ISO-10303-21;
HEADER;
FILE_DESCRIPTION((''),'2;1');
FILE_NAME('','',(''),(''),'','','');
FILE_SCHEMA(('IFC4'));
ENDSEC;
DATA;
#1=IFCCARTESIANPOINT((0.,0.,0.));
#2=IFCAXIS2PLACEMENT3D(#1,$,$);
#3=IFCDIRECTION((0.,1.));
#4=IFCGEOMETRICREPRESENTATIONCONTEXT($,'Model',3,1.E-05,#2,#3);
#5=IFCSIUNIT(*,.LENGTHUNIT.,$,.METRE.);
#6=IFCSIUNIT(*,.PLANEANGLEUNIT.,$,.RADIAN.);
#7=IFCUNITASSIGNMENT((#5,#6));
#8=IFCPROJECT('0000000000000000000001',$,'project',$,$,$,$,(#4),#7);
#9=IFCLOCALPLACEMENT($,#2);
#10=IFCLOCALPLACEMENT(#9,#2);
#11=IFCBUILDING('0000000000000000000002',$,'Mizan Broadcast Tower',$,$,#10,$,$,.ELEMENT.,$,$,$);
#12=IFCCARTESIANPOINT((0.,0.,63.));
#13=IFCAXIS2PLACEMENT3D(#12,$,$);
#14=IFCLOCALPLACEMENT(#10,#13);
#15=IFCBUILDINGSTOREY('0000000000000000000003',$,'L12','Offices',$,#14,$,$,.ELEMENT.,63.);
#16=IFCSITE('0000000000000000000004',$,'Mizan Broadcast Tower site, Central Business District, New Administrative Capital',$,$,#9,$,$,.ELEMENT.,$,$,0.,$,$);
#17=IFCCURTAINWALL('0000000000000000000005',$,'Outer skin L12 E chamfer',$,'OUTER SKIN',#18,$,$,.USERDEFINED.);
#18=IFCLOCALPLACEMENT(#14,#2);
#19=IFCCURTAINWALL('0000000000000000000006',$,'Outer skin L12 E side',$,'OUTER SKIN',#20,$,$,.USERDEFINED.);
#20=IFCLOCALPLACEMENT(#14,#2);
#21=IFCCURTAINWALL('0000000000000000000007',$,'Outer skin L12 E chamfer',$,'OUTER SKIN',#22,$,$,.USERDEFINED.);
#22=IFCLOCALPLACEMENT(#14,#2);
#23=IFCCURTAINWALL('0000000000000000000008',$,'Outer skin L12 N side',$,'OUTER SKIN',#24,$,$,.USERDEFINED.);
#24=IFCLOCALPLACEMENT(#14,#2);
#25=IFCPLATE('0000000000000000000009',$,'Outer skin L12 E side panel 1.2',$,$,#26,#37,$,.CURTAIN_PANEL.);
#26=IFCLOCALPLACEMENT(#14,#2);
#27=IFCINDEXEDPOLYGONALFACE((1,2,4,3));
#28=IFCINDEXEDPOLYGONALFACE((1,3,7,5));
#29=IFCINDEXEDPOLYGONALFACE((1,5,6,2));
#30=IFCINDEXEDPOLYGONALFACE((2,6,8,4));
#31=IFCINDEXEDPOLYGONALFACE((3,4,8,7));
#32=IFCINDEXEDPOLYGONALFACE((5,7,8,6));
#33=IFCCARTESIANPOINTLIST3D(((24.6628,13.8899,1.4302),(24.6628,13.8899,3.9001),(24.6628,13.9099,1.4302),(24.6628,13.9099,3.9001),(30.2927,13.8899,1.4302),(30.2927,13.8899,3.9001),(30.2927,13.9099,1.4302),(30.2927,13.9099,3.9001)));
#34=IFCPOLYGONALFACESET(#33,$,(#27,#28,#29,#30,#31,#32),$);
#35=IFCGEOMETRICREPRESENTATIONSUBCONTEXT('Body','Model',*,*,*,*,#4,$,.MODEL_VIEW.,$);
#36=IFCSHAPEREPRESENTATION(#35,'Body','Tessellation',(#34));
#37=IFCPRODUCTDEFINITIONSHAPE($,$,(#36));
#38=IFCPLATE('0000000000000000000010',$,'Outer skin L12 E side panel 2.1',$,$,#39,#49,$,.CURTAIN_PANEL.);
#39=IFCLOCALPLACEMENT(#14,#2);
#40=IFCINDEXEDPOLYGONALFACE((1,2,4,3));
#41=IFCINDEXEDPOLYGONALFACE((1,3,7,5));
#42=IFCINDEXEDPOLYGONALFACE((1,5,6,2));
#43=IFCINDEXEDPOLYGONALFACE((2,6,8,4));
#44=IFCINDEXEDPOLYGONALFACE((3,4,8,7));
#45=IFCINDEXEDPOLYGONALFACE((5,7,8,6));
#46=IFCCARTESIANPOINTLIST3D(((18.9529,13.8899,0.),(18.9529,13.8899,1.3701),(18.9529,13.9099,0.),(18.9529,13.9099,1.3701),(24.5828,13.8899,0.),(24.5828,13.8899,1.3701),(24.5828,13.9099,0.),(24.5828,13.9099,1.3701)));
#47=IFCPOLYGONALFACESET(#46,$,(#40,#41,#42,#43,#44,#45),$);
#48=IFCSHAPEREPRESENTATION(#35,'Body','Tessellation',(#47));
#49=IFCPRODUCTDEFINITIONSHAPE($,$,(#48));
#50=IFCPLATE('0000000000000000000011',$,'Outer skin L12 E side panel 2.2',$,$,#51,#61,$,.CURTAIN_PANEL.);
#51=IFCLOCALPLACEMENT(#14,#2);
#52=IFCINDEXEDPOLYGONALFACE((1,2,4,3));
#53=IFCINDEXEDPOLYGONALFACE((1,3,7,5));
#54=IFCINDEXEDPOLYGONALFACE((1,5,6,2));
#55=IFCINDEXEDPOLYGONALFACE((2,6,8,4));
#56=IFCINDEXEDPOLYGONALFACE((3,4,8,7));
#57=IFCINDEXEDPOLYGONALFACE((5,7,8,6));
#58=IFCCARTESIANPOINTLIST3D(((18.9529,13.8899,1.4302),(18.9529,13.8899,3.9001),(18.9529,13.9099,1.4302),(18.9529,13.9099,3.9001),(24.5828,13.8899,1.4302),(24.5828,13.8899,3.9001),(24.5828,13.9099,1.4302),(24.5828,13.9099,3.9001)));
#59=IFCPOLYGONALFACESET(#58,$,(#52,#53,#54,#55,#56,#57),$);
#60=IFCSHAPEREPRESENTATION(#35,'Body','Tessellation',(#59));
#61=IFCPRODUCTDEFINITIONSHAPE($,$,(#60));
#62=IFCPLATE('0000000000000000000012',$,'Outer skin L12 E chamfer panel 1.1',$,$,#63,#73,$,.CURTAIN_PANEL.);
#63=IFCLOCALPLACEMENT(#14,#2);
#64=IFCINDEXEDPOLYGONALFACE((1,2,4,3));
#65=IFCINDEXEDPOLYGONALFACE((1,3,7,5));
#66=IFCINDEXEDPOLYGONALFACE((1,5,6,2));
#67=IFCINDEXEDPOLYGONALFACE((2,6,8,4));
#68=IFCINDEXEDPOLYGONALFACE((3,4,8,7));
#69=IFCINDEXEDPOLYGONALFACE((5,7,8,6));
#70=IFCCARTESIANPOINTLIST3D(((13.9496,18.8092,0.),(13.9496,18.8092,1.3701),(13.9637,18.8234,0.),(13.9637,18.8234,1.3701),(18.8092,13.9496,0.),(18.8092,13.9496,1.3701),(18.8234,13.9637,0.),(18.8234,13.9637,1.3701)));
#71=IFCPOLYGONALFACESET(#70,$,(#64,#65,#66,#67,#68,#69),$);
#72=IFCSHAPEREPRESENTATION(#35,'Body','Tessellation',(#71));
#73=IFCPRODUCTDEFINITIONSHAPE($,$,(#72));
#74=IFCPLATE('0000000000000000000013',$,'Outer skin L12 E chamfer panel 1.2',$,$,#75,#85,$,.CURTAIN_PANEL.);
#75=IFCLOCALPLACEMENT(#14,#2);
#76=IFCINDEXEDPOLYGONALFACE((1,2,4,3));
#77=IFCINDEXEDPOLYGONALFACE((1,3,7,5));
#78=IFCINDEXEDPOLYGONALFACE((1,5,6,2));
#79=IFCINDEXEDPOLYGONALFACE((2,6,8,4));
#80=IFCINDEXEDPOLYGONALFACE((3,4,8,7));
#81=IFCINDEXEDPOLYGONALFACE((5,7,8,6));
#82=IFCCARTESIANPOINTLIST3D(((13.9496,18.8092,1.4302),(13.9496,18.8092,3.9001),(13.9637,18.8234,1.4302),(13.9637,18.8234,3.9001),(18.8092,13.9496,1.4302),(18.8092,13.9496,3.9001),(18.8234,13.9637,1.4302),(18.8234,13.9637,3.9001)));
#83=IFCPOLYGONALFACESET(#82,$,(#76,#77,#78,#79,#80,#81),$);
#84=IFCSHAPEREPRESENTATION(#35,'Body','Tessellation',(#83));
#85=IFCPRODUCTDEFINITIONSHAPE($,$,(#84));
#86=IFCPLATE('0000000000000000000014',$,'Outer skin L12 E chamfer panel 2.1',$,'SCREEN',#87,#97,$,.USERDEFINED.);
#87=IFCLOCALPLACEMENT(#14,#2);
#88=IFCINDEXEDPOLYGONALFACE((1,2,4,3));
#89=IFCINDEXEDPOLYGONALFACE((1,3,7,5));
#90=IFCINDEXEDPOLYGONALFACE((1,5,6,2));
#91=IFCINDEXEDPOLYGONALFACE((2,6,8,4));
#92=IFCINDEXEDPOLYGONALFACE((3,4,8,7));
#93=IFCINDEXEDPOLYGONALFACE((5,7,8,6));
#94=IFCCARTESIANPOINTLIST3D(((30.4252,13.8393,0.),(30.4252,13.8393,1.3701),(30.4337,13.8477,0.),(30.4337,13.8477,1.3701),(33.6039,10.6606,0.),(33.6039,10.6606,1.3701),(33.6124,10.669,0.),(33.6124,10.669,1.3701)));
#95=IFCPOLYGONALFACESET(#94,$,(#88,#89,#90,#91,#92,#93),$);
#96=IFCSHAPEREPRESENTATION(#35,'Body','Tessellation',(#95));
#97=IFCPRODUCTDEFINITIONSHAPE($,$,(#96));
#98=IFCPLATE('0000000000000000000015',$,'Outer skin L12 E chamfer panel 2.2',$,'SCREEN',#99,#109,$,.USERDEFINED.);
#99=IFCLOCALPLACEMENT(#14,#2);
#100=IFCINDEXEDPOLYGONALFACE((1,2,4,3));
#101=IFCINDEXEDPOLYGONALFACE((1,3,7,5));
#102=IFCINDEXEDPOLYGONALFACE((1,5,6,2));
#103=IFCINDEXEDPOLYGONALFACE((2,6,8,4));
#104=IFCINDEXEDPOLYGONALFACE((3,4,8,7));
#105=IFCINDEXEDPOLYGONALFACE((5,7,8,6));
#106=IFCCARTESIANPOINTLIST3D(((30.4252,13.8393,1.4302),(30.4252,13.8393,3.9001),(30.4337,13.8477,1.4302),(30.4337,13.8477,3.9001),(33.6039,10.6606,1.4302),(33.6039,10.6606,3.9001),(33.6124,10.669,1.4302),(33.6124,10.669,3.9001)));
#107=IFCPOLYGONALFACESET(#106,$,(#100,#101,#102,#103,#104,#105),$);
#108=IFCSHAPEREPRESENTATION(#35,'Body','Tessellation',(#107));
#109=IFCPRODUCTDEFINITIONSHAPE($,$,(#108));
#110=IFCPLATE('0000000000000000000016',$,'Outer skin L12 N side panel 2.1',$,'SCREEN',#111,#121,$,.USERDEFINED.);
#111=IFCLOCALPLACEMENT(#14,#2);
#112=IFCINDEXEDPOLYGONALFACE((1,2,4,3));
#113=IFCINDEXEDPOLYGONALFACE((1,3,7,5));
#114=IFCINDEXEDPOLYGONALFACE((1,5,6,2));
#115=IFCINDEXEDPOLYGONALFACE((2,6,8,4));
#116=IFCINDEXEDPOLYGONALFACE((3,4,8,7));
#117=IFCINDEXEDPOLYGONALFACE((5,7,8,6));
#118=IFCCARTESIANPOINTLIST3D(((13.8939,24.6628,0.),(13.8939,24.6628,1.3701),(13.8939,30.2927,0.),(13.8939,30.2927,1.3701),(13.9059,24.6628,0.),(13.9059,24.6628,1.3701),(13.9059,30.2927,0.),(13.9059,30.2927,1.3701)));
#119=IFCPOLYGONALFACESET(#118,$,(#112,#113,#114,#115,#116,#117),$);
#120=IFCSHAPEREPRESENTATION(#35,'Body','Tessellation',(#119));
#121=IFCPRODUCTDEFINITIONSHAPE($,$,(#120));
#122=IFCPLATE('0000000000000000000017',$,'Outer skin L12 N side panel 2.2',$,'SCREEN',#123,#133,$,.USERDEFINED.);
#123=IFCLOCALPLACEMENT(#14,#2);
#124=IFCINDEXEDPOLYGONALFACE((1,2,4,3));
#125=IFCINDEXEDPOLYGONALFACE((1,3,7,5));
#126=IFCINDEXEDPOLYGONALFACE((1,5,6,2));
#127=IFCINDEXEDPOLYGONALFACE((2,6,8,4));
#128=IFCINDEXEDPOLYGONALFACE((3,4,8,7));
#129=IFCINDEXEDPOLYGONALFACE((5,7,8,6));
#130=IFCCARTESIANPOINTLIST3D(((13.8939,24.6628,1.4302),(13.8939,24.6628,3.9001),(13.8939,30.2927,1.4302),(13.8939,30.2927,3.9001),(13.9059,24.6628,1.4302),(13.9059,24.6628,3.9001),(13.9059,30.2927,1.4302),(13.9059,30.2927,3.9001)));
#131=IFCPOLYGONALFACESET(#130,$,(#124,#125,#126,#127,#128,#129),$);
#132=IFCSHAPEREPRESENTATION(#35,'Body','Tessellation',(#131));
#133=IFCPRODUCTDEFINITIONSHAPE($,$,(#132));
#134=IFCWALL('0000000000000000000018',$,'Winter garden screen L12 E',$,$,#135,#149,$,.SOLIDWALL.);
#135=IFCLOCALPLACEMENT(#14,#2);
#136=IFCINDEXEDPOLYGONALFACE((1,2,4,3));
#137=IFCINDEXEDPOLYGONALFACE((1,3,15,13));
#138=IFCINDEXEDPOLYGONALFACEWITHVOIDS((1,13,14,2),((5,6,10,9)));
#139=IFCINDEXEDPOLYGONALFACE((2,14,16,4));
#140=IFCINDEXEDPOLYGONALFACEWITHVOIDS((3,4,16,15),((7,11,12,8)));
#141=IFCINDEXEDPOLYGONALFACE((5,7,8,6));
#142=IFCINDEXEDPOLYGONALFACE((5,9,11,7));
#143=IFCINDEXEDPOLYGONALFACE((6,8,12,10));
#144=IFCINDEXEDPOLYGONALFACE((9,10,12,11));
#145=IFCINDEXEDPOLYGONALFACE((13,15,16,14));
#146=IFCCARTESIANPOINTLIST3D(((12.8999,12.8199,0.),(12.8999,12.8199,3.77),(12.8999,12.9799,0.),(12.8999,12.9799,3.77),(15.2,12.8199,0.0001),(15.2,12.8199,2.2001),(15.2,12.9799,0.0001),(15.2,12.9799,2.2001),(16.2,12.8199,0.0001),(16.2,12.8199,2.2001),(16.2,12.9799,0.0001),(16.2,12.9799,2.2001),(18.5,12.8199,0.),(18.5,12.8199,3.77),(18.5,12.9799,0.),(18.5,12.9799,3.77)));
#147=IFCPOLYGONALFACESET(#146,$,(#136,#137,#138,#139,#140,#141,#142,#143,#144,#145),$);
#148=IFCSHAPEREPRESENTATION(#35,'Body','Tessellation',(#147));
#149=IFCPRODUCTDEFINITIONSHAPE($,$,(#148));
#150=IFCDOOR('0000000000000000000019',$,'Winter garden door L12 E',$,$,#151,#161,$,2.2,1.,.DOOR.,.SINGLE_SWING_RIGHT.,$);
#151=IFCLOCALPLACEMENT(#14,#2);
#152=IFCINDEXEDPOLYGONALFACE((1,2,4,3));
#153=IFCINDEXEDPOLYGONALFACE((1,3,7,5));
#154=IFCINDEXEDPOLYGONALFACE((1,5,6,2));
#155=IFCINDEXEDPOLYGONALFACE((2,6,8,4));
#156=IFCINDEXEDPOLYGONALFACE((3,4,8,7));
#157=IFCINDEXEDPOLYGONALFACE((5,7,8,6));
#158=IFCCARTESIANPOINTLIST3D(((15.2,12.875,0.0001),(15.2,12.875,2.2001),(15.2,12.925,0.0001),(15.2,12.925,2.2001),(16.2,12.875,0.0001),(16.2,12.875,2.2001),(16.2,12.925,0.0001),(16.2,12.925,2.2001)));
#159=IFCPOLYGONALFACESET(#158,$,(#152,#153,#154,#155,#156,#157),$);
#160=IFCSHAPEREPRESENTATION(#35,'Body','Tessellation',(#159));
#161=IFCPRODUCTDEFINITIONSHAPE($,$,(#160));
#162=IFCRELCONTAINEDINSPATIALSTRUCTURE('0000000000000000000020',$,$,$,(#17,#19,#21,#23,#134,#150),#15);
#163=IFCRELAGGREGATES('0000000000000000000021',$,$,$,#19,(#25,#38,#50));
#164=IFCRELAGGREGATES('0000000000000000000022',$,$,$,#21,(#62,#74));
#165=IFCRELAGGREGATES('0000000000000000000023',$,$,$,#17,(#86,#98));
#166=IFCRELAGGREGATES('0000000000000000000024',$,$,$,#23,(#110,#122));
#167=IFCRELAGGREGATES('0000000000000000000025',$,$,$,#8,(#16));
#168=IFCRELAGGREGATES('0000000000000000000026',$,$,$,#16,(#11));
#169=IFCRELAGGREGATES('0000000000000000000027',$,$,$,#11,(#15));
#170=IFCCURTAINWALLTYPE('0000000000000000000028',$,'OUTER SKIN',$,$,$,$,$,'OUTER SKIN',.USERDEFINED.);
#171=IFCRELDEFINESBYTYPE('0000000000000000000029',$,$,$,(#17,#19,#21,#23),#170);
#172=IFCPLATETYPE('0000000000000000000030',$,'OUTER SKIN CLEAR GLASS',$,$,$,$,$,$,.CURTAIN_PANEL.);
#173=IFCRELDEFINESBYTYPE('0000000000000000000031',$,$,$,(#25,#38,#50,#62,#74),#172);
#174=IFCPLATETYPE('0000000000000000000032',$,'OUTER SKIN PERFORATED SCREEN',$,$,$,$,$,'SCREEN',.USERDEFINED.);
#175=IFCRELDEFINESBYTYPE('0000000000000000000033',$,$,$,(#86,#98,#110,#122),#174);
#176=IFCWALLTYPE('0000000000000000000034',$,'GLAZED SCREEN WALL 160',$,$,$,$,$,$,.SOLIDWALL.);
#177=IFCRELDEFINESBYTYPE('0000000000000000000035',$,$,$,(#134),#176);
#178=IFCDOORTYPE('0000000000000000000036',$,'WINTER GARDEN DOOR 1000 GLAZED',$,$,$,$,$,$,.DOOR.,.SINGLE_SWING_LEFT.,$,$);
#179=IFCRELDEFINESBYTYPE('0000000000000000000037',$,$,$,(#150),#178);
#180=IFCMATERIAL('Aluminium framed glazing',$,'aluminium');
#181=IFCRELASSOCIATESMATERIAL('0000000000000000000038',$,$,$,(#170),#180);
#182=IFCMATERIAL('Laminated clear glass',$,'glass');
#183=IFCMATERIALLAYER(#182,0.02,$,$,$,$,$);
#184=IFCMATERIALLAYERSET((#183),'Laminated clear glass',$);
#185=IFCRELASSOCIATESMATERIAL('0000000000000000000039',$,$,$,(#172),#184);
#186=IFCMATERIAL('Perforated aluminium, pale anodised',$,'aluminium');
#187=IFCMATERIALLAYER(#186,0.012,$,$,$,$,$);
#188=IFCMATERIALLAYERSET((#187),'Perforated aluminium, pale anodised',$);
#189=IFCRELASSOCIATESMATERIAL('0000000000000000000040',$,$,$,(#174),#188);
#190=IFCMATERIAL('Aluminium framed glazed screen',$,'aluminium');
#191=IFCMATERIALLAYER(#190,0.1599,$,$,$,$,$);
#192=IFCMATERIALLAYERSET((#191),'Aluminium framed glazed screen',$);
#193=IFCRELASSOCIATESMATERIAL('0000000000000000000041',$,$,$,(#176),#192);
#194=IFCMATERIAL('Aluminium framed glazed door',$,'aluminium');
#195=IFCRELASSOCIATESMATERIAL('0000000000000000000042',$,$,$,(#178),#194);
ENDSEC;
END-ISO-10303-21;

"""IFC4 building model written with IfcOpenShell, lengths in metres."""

from ifc_helpers import new_model, si_unit, direction, frame, frame_2d, origin, origin_2d, place, context, subcontext, project, spatial, rectangle, extrude, material, layer, layer_set, type_object, element, fill, aggregate, save


model = new_model("IFC4")

# Units and contexts
model_context = context("Model", 3, precision=1e-05, world=origin(), true_north=direction((0.0, 1.0)))
body_context = subcontext(model_context, "Body", "Model", "MODEL_VIEW")
ifc_project = project(units=[si_unit("LENGTHUNIT", "METRE"), si_unit("PLANEANGLEUNIT", "RADIAN")], contexts=[model_context])

# Site, building, storey
site_placement = place(None, origin())
site = spatial("IfcSite", under=ifc_project, at=site_placement, Name="Mizan Broadcast Tower site, Central Business District, New Administrative Capital", CompositionType="ELEMENT", RefElevation=0.0)
building_placement = place(site_placement, origin())
building = spatial("IfcBuilding", under=site, at=building_placement, Name="Mizan Broadcast Tower", CompositionType="ELEMENT")
storey_placement = place(building_placement, frame((0.0, 0.0, 63.0)))
storey = spatial("IfcBuildingStorey", under=building, at=storey_placement, Name="L12", Description="Offices", CompositionType="ELEMENT", Elevation=63.0)

# Curtain wall
ifc_material_1 = material(Name="Aluminium framed glazing", Category="aluminium")
curtain_wall_type_1 = type_object("IfcCurtainWallType", Name="OUTER SKIN", ElementType="OUTER SKIN", PredefinedType="USERDEFINED", material=ifc_material_1)
curtain_wall_1_placement = place(storey_placement, origin())
curtain_wall_1 = element("IfcCurtainWall", 1, at=curtain_wall_1_placement, inside=storey, type_object=curtain_wall_type_1, Name="Outer skin L12 E chamfer", ObjectType="OUTER SKIN", PredefinedType="USERDEFINED")

# Curtain wall
curtain_wall_2_placement = place(storey_placement, origin())
curtain_wall_2 = element("IfcCurtainWall", 2, at=curtain_wall_2_placement, inside=storey, type_object=curtain_wall_type_1, Name="Outer skin L12 E side", ObjectType="OUTER SKIN", PredefinedType="USERDEFINED")

# Curtain wall
curtain_wall_3_placement = place(storey_placement, origin())
curtain_wall_3 = element("IfcCurtainWall", 3, at=curtain_wall_3_placement, inside=storey, type_object=curtain_wall_type_1, Name="Outer skin L12 E chamfer", ObjectType="OUTER SKIN", PredefinedType="USERDEFINED")

# Curtain wall
curtain_wall_4_placement = place(storey_placement, origin())
curtain_wall_4 = element("IfcCurtainWall", 4, at=curtain_wall_4_placement, inside=storey, type_object=curtain_wall_type_1, Name="Outer skin L12 N side", ObjectType="OUTER SKIN", PredefinedType="USERDEFINED")

# Plates
ifc_material_2 = material(Name="Laminated clear glass", Category="glass")
ifc_layer_1 = layer(ifc_material_2, 0.02)
ifc_layer_set_1 = layer_set([ifc_layer_1], Name="Laminated clear glass")
plate_type_1 = type_object("IfcPlateType", Name="OUTER SKIN CLEAR GLASS", PredefinedType="CURTAIN_PANEL", material=ifc_layer_set_1)
plate_1_placement = place(storey_placement, frame((27.4778, 13.8999, 1.4302), z_axis=(0.0, 0.0, 1.0), x_axis=(-1.0, 0.0, 0.0)))
plate_1 = element("IfcPlate", 5, at=plate_1_placement, type_object=plate_type_1, Name="Outer skin L12 E side panel 1.2", PredefinedType="CURTAIN_PANEL", context=body_context, shape_type="SweptSolid", body=[
    extrude(rectangle(XDim=5.6299, YDim=0.02, at=origin_2d()), origin(), (0.0, 0.0, 1.0), 2.47),
])
plate_2_placement = place(storey_placement, frame((21.7678, 13.8999, 0.0), z_axis=(0.0, 0.0, 1.0), x_axis=(-1.0, 0.0, 0.0)))
plate_2 = element("IfcPlate", 6, at=plate_2_placement, type_object=plate_type_1, Name="Outer skin L12 E side panel 2.1", PredefinedType="CURTAIN_PANEL", context=body_context, shape_type="SweptSolid", body=[
    extrude(rectangle(XDim=5.6299, YDim=0.02, at=origin_2d()), origin(), (0.0, 0.0, 1.0), 1.3701),
])
plate_3_placement = place(storey_placement, frame((21.7678, 13.8999, 1.4302), z_axis=(0.0, 0.0, 1.0), x_axis=(-1.0, 0.0, 0.0)))
plate_3 = element("IfcPlate", 7, at=plate_3_placement, type_object=plate_type_1, Name="Outer skin L12 E side panel 2.2", PredefinedType="CURTAIN_PANEL", context=body_context, shape_type="SweptSolid", body=[
    extrude(rectangle(XDim=5.6299, YDim=0.02, at=origin_2d()), origin(), (0.0, 0.0, 1.0), 2.47),
])
aggregate(curtain_wall_2, [plate_1, plate_2, plate_3])
plate_4_placement = place(storey_placement, frame((16.3865, 16.3865, 0.0), z_axis=(0.0, 0.0, 1.0), x_axis=(-0.707107, 0.707107, 0.0)))
plate_4 = element("IfcPlate", 8, at=plate_4_placement, type_object=plate_type_1, Name="Outer skin L12 E chamfer panel 1.1", PredefinedType="CURTAIN_PANEL", context=body_context, shape_type="SweptSolid", body=[
    extrude(rectangle(XDim=6.8726, YDim=0.02, at=origin_2d()), origin(), (0.0, 0.0, 1.0), 1.3701),
])
plate_5_placement = place(storey_placement, frame((16.3865, 16.3865, 1.4302), z_axis=(0.0, 0.0, 1.0), x_axis=(-0.707107, 0.707107, 0.0)))
plate_5 = element("IfcPlate", 9, at=plate_5_placement, type_object=plate_type_1, Name="Outer skin L12 E chamfer panel 1.2", PredefinedType="CURTAIN_PANEL", context=body_context, shape_type="SweptSolid", body=[
    extrude(rectangle(XDim=6.8726, YDim=0.02, at=origin_2d()), origin(), (0.0, 0.0, 1.0), 2.47),
])
aggregate(curtain_wall_3, [plate_4, plate_5])
ifc_material_3 = material(Name="Perforated aluminium, pale anodised", Category="aluminium")
ifc_layer_2 = layer(ifc_material_3, 0.012)
ifc_layer_set_2 = layer_set([ifc_layer_2], Name="Perforated aluminium, pale anodised")
plate_type_2 = type_object("IfcPlateType", Name="OUTER SKIN PERFORATED SCREEN", ElementType="SCREEN", PredefinedType="USERDEFINED", material=ifc_layer_set_2)
plate_6_placement = place(storey_placement, frame((32.0188, 12.2542, 0.0), z_axis=(0.0, 0.0, 1.0), x_axis=(-0.707107, 0.707107, 0.0)))
plate_6 = element("IfcPlate", 10, at=plate_6_placement, type_object=plate_type_2, Name="Outer skin L12 E chamfer panel 2.1", ObjectType="SCREEN", PredefinedType="USERDEFINED", context=body_context, shape_type="SweptSolid", body=[
    extrude(rectangle(XDim=4.4954, YDim=0.012, at=origin_2d()), origin(), (0.0, 0.0, 1.0), 1.3701),
])
plate_7_placement = place(storey_placement, frame((32.0188, 12.2542, 1.4302), z_axis=(0.0, 0.0, 1.0), x_axis=(-0.707107, 0.707107, 0.0)))
plate_7 = element("IfcPlate", 11, at=plate_7_placement, type_object=plate_type_2, Name="Outer skin L12 E chamfer panel 2.2", ObjectType="SCREEN", PredefinedType="USERDEFINED", context=body_context, shape_type="SweptSolid", body=[
    extrude(rectangle(XDim=4.4954, YDim=0.012, at=origin_2d()), origin(), (0.0, 0.0, 1.0), 2.47),
])
aggregate(curtain_wall_1, [plate_6, plate_7])
plate_8_placement = place(storey_placement, frame((13.8999, 27.4778, 0.0), z_axis=(0.0, 0.0, 1.0), x_axis=(0.0, 1.0, 0.0)))
plate_8 = element("IfcPlate", 12, at=plate_8_placement, type_object=plate_type_2, Name="Outer skin L12 N side panel 2.1", ObjectType="SCREEN", PredefinedType="USERDEFINED", context=body_context, shape_type="SweptSolid", body=[
    extrude(rectangle(XDim=5.6299, YDim=0.012, at=origin_2d()), origin(), (0.0, 0.0, 1.0), 1.3701),
])
plate_9_placement = place(storey_placement, frame((13.8999, 27.4778, 1.4302), z_axis=(0.0, 0.0, 1.0), x_axis=(0.0, 1.0, 0.0)))
plate_9 = element("IfcPlate", 13, at=plate_9_placement, type_object=plate_type_2, Name="Outer skin L12 N side panel 2.2", ObjectType="SCREEN", PredefinedType="USERDEFINED", context=body_context, shape_type="SweptSolid", body=[
    extrude(rectangle(XDim=5.6299, YDim=0.012, at=origin_2d()), origin(), (0.0, 0.0, 1.0), 2.47),
])
aggregate(curtain_wall_4, [plate_8, plate_9])

# Wall, opening, door
ifc_material_4 = material(Name="Aluminium framed glazed screen", Category="aluminium")
ifc_layer_3 = layer(ifc_material_4, 0.1599)
ifc_layer_set_3 = layer_set([ifc_layer_3], Name="Aluminium framed glazed screen")
wall_type = type_object("IfcWallType", Name="GLAZED SCREEN WALL 160", PredefinedType="SOLIDWALL", material=ifc_layer_set_3)
wall_placement = place(storey_placement, frame((18.5, 12.8999, 0.0), z_axis=(0.0, 0.0, 1.0), x_axis=(-1.0, 0.0, 0.0)))
wall = element("IfcWall", 14, at=wall_placement, inside=storey, type_object=wall_type, Name="Winter garden screen L12 E", PredefinedType="SOLIDWALL", context=body_context, shape_type="SweptSolid", body=[
    extrude(rectangle(XDim=5.6001, YDim=0.1599, at=frame_2d((2.8, 0.0))), origin(), (0.0, 0.0, 1.0), 3.77),
])
opening_placement = place(wall_placement, frame((2.3, 0.0, 0.0)))
opening = element("IfcOpeningElement", 15, at=opening_placement, cuts=wall, PredefinedType="OPENING", context=body_context, shape_type="SweptSolid", body=[
    extrude(rectangle(XDim=1.0, YDim=2.2, at=frame_2d((0.5, 1.1001))), frame((0.0, 0.0898, 0.0), z_axis=(0.0, -1.0, 0.0), x_axis=(1.0, 0.0, 0.0)), (0.0, 0.0, 1.0), 0.1799),
])
ifc_material_5 = material(Name="Aluminium framed glazed door", Category="aluminium")
door_type = type_object("IfcDoorType", Name="WINTER GARDEN DOOR 1000 GLAZED", OperationType="SINGLE_SWING_LEFT", PredefinedType="DOOR", material=ifc_material_5)
door_placement = place(opening_placement, origin())
door = element("IfcDoor", 16, at=door_placement, inside=storey, type_object=door_type, Name="Winter garden door L12 E", OperationType="SINGLE_SWING_RIGHT", OverallHeight=2.2, OverallWidth=1.0, PredefinedType="DOOR", context=body_context, shape_type="SweptSolid", body=[
    extrude(rectangle(XDim=1.0, YDim=2.2, at=frame_2d((0.5, 1.1001))), frame((0.0, 0.0249, 0.0), z_axis=(0.0, -1.0, 0.0), x_axis=(1.0, 0.0, 0.0)), (0.0, 0.0, 1.0), 0.05),
])
fill(opening, door)

save(model, "model.ifc")
